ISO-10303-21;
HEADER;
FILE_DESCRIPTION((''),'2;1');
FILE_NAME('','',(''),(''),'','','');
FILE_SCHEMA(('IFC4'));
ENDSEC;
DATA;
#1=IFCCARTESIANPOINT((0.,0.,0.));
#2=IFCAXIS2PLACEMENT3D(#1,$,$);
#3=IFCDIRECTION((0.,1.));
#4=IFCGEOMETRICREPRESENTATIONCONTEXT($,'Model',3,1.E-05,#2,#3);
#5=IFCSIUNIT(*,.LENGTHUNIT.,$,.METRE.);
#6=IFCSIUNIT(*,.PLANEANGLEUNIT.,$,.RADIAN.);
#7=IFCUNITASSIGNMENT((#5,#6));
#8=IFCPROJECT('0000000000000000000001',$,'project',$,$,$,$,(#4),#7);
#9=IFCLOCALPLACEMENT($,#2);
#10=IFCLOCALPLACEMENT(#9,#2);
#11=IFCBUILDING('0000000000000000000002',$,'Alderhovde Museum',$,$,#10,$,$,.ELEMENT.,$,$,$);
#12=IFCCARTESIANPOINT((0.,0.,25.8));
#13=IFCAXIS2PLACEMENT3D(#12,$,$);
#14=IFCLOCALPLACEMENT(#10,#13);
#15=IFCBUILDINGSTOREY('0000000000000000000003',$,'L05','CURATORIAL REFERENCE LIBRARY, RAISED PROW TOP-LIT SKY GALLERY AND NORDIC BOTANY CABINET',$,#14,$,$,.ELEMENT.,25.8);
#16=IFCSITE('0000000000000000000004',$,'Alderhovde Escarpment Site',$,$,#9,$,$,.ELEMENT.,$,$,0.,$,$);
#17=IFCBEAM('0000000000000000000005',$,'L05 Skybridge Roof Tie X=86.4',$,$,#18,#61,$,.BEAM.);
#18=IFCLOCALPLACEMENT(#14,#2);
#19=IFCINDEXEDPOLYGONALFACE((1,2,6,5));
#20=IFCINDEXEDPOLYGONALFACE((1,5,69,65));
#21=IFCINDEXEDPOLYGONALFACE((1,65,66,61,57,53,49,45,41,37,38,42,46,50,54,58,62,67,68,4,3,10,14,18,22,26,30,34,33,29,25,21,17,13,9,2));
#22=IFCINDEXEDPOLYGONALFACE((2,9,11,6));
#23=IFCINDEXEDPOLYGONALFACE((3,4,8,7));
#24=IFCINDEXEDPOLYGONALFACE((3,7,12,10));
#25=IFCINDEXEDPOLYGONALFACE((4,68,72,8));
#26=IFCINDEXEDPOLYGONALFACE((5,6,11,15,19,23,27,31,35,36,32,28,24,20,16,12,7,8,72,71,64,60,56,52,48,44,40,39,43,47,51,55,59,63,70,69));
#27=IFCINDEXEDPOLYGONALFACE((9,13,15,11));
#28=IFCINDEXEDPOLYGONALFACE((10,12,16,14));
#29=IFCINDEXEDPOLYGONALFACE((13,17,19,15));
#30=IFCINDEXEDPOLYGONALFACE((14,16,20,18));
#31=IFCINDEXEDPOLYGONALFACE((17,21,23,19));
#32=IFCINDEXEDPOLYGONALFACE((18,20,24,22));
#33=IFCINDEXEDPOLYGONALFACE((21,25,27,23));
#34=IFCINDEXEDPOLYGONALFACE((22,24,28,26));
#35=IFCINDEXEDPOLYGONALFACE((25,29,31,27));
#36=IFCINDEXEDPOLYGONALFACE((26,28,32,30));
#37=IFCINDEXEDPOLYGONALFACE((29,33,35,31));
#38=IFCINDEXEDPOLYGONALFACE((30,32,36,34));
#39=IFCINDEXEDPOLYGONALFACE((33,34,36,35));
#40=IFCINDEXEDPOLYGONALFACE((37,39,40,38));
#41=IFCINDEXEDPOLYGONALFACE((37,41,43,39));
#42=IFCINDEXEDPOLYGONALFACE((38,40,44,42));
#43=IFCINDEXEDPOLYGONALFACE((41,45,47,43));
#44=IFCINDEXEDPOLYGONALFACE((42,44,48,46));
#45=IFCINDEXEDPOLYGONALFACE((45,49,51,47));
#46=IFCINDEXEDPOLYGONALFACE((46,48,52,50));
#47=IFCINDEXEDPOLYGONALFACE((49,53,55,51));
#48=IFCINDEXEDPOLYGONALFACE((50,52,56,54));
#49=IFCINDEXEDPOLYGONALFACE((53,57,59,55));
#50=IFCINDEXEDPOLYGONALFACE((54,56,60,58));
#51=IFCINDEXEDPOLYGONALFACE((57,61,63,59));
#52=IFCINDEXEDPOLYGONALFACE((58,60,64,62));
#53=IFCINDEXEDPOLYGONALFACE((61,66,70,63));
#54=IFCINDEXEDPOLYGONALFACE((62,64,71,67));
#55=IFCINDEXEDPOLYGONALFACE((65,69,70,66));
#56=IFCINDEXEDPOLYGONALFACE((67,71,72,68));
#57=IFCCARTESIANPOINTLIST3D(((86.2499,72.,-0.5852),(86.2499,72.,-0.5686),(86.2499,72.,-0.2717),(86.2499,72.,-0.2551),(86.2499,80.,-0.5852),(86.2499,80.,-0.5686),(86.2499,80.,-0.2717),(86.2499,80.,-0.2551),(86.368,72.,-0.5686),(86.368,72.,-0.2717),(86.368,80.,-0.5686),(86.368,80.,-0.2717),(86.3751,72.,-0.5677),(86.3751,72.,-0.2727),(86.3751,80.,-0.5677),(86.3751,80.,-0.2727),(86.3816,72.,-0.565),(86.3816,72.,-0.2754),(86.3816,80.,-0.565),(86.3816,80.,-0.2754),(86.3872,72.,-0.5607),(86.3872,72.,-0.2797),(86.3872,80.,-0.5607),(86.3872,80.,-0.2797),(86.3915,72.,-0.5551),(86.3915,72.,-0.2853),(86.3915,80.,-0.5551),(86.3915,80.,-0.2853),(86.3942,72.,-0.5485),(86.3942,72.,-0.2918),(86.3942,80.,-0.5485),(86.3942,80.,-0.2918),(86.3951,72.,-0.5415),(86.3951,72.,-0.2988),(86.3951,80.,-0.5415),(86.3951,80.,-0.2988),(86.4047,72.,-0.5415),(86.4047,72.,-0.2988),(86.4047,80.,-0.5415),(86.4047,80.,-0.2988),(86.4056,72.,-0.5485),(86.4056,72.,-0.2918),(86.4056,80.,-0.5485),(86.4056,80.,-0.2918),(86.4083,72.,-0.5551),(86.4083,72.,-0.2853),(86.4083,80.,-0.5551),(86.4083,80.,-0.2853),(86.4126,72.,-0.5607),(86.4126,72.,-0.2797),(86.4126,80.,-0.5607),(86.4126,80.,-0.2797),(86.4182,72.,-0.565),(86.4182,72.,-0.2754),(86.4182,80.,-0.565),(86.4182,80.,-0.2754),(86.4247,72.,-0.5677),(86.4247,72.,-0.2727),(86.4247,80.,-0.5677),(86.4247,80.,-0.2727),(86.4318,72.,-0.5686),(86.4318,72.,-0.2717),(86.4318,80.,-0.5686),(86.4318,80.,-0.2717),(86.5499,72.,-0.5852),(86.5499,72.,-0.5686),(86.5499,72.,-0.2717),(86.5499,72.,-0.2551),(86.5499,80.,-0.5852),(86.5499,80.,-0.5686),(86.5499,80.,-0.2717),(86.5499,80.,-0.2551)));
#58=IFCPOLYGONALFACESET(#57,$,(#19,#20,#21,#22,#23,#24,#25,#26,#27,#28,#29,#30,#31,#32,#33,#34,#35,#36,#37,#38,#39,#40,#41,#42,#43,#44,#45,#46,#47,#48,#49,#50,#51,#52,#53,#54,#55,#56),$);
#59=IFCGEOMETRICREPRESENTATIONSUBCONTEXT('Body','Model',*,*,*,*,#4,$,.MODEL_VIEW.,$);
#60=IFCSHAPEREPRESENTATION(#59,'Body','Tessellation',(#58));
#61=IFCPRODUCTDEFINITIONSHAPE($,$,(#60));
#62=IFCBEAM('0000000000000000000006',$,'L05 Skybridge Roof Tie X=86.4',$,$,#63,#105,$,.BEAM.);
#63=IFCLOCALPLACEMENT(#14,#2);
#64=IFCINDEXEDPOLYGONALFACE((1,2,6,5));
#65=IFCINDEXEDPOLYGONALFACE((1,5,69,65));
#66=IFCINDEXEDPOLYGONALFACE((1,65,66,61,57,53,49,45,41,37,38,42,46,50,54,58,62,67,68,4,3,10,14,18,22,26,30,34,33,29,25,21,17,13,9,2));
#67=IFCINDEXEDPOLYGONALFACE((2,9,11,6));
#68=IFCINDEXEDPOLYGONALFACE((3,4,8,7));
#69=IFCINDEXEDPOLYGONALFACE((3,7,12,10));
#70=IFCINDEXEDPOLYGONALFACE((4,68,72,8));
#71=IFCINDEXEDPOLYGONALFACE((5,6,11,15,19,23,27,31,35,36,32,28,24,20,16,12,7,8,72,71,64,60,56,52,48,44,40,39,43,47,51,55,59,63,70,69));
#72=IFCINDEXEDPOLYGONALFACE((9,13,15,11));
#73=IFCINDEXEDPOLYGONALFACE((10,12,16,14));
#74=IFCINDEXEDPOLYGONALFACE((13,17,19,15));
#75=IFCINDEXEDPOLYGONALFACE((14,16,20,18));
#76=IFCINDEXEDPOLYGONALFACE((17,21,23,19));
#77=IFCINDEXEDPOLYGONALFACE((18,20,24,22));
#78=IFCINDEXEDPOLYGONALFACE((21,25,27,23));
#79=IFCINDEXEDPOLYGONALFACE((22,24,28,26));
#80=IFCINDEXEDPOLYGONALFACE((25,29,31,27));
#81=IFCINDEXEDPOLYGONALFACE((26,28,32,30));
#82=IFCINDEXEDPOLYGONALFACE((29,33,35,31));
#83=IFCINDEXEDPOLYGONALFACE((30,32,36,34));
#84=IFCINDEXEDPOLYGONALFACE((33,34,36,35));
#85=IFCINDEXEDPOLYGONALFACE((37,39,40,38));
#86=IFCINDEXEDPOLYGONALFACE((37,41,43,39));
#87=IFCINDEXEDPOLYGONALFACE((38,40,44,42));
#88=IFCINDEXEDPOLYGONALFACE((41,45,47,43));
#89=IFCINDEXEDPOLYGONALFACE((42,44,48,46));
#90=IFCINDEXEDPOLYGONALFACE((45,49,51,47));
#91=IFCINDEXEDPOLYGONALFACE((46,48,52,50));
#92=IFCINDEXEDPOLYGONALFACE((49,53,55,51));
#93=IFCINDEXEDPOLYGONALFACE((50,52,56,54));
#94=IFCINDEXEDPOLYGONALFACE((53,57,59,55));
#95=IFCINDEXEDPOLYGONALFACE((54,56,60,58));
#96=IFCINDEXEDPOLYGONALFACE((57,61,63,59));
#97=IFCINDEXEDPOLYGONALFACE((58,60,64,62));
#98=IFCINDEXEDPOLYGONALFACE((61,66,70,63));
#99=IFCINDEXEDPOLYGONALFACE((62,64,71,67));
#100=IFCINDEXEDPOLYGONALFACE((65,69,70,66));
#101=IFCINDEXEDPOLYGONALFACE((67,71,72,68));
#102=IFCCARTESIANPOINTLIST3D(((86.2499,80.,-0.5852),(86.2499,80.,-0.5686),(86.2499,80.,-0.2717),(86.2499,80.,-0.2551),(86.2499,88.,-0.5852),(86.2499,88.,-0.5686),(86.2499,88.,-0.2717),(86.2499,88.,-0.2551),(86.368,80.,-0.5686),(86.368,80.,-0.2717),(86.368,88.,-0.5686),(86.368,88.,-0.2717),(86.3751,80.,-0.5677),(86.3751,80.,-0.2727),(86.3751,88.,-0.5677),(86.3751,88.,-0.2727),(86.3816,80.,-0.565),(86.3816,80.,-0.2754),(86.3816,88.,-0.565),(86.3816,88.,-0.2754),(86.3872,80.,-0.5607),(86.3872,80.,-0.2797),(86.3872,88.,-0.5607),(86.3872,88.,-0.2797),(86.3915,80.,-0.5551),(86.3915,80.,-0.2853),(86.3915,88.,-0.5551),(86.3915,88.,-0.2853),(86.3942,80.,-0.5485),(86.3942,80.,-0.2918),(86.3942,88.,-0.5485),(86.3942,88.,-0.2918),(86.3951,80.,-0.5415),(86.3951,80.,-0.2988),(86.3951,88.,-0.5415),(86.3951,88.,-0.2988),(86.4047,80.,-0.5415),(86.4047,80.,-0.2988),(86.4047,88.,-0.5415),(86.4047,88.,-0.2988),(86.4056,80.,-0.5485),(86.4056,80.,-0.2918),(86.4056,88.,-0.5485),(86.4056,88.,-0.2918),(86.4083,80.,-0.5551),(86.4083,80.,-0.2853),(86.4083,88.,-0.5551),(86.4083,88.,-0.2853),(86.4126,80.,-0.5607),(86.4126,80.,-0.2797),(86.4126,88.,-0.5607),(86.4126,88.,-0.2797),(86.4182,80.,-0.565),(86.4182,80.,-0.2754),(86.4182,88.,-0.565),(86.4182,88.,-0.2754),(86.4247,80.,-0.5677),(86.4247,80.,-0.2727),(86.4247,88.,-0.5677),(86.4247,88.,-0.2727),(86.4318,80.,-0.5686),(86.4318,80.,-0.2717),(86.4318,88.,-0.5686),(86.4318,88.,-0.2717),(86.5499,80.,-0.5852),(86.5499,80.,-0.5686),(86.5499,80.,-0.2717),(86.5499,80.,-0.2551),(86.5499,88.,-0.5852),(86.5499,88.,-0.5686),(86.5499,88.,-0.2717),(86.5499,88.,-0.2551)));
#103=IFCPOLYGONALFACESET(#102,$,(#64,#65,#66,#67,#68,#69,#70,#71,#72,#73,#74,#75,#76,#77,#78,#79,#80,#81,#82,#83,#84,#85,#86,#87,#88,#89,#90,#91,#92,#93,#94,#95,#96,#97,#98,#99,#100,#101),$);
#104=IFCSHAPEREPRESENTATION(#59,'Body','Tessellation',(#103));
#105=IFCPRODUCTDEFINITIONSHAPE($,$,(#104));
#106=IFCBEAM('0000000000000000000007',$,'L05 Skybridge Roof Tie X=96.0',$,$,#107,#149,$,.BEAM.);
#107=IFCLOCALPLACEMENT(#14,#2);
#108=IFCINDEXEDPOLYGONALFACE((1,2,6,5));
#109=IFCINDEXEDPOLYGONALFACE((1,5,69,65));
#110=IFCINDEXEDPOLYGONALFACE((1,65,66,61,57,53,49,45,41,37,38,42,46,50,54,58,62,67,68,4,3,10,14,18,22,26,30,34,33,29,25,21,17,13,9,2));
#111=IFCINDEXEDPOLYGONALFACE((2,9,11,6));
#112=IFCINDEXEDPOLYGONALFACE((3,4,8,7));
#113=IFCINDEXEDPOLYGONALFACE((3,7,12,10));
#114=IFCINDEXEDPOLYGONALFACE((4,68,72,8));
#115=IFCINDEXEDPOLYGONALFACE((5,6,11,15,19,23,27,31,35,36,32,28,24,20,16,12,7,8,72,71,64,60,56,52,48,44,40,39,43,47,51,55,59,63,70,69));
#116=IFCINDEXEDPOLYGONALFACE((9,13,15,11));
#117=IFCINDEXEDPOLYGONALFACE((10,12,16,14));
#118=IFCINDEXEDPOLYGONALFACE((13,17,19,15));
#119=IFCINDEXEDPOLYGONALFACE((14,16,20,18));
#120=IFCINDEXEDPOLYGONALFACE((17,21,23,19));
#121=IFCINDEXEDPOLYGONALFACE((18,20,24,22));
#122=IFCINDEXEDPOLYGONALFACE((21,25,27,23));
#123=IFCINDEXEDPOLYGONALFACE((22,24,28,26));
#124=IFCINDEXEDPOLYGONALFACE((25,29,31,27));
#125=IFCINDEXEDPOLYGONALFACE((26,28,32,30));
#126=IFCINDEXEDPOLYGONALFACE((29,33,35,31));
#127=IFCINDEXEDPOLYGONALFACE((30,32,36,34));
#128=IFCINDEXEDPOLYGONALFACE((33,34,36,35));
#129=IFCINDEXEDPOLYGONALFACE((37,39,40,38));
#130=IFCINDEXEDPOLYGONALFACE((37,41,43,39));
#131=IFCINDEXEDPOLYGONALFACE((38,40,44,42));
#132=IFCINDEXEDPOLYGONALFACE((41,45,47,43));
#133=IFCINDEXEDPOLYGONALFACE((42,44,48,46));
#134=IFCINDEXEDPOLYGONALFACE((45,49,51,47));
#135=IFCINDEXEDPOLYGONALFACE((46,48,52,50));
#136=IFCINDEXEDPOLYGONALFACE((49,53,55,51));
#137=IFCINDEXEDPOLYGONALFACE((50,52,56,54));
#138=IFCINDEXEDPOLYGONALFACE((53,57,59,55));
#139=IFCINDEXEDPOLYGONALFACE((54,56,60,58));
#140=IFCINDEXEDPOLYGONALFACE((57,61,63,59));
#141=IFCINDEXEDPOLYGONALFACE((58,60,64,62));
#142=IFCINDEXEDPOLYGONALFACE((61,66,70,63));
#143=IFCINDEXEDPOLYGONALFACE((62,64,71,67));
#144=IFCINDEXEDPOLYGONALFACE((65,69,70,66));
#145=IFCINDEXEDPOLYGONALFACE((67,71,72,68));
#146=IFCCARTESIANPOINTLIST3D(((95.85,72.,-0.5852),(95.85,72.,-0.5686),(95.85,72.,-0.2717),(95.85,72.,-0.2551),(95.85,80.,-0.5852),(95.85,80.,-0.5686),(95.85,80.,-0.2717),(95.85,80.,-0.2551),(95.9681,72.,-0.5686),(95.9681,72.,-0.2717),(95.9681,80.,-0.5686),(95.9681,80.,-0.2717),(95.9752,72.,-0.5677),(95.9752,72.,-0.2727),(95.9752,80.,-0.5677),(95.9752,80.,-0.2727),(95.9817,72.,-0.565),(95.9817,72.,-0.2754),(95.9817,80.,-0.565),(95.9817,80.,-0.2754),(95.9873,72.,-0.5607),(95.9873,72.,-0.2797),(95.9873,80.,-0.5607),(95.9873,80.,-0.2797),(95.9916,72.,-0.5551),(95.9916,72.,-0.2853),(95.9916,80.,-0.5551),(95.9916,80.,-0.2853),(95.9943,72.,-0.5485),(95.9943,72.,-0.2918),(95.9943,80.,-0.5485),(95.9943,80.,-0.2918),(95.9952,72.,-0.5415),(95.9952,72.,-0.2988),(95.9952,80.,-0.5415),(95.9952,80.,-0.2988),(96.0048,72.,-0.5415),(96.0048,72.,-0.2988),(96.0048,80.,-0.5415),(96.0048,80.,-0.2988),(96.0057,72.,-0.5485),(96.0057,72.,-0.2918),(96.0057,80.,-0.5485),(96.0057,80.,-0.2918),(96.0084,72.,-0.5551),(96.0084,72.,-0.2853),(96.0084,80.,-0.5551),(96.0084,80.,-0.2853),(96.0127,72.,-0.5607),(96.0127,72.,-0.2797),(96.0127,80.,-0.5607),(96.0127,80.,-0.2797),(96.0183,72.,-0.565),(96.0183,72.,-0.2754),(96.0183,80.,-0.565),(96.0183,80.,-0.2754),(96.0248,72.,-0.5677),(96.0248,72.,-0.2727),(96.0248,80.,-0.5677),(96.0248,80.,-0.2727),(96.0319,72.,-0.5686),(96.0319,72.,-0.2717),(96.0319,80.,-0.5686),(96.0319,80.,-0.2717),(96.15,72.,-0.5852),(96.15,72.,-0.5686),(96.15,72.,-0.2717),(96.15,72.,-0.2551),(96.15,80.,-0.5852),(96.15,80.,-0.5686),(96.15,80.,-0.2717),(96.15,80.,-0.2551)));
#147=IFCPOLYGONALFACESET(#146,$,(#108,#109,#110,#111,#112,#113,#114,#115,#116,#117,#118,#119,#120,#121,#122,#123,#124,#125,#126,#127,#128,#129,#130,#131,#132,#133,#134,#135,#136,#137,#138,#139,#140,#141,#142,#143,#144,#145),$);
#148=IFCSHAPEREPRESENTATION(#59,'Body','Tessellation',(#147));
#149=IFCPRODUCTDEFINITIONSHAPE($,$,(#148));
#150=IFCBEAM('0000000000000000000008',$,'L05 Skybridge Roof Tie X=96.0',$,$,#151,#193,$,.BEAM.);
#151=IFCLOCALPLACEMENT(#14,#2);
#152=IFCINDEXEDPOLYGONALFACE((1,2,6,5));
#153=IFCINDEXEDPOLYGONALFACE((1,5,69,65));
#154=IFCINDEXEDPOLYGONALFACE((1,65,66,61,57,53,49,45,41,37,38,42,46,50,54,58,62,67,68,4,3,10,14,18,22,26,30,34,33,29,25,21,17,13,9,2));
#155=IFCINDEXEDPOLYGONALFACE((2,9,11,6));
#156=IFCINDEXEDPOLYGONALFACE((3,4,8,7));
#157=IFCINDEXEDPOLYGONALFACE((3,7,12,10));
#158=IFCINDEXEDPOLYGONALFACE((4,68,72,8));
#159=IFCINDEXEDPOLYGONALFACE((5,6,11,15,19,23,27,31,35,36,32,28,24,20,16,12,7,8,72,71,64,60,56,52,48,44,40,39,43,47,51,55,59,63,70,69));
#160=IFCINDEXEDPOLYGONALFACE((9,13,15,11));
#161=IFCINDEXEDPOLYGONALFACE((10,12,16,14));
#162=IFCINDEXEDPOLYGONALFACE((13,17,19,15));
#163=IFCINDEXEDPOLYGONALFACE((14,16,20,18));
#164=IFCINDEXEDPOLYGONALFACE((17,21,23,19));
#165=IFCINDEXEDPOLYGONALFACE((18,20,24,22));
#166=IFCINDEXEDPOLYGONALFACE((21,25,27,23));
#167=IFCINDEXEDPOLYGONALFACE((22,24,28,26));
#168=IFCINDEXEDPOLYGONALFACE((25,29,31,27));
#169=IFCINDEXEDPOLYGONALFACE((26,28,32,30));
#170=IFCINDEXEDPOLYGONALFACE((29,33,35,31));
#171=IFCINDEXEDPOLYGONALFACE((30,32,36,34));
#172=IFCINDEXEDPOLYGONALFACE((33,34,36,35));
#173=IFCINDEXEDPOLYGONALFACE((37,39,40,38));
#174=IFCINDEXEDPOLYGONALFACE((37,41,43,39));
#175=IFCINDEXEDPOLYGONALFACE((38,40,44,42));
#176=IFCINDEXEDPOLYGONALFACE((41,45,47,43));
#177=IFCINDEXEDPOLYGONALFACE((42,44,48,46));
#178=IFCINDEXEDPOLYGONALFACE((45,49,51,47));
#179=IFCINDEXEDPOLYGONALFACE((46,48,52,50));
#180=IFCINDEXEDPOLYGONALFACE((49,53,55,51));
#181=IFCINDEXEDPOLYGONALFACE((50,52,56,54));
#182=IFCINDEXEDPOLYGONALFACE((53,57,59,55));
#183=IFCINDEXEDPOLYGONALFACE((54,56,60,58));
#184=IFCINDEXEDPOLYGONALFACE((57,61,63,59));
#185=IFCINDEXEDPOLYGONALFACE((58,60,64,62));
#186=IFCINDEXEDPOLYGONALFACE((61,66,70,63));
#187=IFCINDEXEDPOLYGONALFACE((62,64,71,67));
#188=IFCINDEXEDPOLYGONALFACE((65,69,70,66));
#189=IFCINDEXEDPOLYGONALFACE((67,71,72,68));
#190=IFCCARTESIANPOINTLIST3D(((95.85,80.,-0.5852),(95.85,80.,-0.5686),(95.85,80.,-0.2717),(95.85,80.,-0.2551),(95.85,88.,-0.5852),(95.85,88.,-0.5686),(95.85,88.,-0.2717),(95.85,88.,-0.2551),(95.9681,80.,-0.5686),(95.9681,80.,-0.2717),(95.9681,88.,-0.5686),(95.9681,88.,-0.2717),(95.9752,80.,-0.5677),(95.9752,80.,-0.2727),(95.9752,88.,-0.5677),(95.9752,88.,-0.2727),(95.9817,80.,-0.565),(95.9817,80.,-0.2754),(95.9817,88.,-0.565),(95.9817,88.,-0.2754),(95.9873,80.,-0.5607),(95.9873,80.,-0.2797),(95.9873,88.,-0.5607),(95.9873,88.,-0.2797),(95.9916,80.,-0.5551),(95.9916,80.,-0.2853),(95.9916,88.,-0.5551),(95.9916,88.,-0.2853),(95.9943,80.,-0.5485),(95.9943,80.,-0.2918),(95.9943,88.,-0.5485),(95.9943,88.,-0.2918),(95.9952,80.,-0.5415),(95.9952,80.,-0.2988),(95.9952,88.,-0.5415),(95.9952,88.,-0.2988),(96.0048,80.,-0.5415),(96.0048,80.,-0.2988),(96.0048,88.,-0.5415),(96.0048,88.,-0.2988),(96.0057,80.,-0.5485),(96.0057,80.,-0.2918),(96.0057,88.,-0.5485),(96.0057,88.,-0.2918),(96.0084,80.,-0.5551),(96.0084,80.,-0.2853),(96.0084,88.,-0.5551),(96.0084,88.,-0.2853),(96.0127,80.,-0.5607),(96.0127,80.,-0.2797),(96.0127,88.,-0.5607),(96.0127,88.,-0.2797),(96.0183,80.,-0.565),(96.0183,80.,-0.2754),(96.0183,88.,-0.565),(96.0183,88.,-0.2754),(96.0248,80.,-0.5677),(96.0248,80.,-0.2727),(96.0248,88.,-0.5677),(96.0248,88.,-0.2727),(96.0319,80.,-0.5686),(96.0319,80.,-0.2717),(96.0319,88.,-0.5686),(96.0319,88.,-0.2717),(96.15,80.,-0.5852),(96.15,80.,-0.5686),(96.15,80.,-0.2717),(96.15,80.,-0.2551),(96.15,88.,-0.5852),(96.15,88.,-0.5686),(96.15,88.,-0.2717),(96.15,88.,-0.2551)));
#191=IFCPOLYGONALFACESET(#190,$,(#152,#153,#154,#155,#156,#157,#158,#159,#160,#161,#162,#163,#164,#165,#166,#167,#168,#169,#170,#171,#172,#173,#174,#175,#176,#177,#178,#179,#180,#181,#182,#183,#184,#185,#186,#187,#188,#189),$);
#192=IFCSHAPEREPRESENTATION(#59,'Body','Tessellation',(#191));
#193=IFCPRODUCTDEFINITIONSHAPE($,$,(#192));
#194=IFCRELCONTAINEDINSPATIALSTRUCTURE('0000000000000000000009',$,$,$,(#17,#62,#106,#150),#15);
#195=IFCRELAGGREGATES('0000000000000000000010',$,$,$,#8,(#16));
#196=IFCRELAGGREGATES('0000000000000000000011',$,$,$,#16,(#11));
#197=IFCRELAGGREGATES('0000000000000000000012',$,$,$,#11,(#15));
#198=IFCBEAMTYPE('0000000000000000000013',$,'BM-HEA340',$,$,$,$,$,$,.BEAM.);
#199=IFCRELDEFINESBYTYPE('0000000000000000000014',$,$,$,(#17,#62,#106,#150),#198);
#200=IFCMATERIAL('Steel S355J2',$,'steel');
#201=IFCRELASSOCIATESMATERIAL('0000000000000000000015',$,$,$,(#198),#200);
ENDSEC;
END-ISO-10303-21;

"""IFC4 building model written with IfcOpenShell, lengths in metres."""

from ifc_helpers import new_model, si_unit, direction, frame, origin, origin_2d, place, context, subcontext, project, spatial, i_section, extrude, material, material_profile, profile_set, type_object, element, save


model = new_model("IFC4")

# Units and contexts
model_context = context("Model", 3, precision=1e-05, world=origin(), true_north=direction((0.0, 1.0)))
body_context = subcontext(model_context, "Body", "Model", "MODEL_VIEW")
ifc_project = project(units=[si_unit("LENGTHUNIT", "METRE"), si_unit("PLANEANGLEUNIT", "RADIAN")], contexts=[model_context])

# Site, building, storey
site_placement = place(None, origin())
site = spatial("IfcSite", under=ifc_project, at=site_placement, Name="Alderhovde Escarpment Site", CompositionType="ELEMENT", RefElevation=0.0)
building_placement = place(site_placement, origin())
building = spatial("IfcBuilding", under=site, at=building_placement, Name="Alderhovde Museum", CompositionType="ELEMENT")
storey_placement = place(building_placement, frame((0.0, 0.0, 25.8)))
storey = spatial("IfcBuildingStorey", under=building, at=storey_placement, Name="L05", Description="CURATORIAL REFERENCE LIBRARY, RAISED PROW TOP-LIT SKY GALLERY AND NORDIC BOTANY CABINET", CompositionType="ELEMENT", Elevation=25.8)

# Beams
ifc_material_1 = material(Name="Steel S355J2", Category="steel")
ifc_material_profile = material_profile(ifc_material_1, i_section(OverallWidth=0.3, OverallDepth=0.3301, WebThickness=0.0095, FlangeThickness=0.0166, FilletRadius=0.0271, at=origin_2d()), Name="HEA 340")
ifc_profile_set = profile_set([ifc_material_profile], Name="Steel S355J2")
beam_type = type_object("IfcBeamType", Name="BM-HEA340", PredefinedType="BEAM", material=ifc_profile_set)
for number, where, z_axis, x_axis, name in (
    (1, (86.3999, 72.0, -0.4202), (0.0, 1.0, 0.0), (-1.0, 0.0, 0.0), "L05 Skybridge Roof Tie X=86.4"),
    (2, (86.3999, 80.0, -0.4202), (0.0, 1.0, 0.0), (-1.0, 0.0, 0.0), "L05 Skybridge Roof Tie X=86.4"),
    (3, (96.0, 72.0, -0.4202), (0.0, 1.0, 0.0), (-1.0, 0.0, 0.0), "L05 Skybridge Roof Tie X=96.0"),
    (4, (96.0, 80.0, -0.4202), (0.0, 1.0, 0.0), (-1.0, 0.0, 0.0), "L05 Skybridge Roof Tie X=96.0"),
):
    element("IfcBeam", number, at=place(storey_placement, frame(where, z_axis=z_axis, x_axis=x_axis)), inside=storey, type_object=beam_type, Name=name, PredefinedType="BEAM", context=body_context, shape_type="SweptSolid", body=[
        extrude(i_section(OverallWidth=0.3, OverallDepth=0.3301, WebThickness=0.0095, FlangeThickness=0.0166, FilletRadius=0.0271, at=origin_2d()), origin(), (0.0, 0.0, 1.0), 8.0),
    ])

save(model, "model.ifc")
